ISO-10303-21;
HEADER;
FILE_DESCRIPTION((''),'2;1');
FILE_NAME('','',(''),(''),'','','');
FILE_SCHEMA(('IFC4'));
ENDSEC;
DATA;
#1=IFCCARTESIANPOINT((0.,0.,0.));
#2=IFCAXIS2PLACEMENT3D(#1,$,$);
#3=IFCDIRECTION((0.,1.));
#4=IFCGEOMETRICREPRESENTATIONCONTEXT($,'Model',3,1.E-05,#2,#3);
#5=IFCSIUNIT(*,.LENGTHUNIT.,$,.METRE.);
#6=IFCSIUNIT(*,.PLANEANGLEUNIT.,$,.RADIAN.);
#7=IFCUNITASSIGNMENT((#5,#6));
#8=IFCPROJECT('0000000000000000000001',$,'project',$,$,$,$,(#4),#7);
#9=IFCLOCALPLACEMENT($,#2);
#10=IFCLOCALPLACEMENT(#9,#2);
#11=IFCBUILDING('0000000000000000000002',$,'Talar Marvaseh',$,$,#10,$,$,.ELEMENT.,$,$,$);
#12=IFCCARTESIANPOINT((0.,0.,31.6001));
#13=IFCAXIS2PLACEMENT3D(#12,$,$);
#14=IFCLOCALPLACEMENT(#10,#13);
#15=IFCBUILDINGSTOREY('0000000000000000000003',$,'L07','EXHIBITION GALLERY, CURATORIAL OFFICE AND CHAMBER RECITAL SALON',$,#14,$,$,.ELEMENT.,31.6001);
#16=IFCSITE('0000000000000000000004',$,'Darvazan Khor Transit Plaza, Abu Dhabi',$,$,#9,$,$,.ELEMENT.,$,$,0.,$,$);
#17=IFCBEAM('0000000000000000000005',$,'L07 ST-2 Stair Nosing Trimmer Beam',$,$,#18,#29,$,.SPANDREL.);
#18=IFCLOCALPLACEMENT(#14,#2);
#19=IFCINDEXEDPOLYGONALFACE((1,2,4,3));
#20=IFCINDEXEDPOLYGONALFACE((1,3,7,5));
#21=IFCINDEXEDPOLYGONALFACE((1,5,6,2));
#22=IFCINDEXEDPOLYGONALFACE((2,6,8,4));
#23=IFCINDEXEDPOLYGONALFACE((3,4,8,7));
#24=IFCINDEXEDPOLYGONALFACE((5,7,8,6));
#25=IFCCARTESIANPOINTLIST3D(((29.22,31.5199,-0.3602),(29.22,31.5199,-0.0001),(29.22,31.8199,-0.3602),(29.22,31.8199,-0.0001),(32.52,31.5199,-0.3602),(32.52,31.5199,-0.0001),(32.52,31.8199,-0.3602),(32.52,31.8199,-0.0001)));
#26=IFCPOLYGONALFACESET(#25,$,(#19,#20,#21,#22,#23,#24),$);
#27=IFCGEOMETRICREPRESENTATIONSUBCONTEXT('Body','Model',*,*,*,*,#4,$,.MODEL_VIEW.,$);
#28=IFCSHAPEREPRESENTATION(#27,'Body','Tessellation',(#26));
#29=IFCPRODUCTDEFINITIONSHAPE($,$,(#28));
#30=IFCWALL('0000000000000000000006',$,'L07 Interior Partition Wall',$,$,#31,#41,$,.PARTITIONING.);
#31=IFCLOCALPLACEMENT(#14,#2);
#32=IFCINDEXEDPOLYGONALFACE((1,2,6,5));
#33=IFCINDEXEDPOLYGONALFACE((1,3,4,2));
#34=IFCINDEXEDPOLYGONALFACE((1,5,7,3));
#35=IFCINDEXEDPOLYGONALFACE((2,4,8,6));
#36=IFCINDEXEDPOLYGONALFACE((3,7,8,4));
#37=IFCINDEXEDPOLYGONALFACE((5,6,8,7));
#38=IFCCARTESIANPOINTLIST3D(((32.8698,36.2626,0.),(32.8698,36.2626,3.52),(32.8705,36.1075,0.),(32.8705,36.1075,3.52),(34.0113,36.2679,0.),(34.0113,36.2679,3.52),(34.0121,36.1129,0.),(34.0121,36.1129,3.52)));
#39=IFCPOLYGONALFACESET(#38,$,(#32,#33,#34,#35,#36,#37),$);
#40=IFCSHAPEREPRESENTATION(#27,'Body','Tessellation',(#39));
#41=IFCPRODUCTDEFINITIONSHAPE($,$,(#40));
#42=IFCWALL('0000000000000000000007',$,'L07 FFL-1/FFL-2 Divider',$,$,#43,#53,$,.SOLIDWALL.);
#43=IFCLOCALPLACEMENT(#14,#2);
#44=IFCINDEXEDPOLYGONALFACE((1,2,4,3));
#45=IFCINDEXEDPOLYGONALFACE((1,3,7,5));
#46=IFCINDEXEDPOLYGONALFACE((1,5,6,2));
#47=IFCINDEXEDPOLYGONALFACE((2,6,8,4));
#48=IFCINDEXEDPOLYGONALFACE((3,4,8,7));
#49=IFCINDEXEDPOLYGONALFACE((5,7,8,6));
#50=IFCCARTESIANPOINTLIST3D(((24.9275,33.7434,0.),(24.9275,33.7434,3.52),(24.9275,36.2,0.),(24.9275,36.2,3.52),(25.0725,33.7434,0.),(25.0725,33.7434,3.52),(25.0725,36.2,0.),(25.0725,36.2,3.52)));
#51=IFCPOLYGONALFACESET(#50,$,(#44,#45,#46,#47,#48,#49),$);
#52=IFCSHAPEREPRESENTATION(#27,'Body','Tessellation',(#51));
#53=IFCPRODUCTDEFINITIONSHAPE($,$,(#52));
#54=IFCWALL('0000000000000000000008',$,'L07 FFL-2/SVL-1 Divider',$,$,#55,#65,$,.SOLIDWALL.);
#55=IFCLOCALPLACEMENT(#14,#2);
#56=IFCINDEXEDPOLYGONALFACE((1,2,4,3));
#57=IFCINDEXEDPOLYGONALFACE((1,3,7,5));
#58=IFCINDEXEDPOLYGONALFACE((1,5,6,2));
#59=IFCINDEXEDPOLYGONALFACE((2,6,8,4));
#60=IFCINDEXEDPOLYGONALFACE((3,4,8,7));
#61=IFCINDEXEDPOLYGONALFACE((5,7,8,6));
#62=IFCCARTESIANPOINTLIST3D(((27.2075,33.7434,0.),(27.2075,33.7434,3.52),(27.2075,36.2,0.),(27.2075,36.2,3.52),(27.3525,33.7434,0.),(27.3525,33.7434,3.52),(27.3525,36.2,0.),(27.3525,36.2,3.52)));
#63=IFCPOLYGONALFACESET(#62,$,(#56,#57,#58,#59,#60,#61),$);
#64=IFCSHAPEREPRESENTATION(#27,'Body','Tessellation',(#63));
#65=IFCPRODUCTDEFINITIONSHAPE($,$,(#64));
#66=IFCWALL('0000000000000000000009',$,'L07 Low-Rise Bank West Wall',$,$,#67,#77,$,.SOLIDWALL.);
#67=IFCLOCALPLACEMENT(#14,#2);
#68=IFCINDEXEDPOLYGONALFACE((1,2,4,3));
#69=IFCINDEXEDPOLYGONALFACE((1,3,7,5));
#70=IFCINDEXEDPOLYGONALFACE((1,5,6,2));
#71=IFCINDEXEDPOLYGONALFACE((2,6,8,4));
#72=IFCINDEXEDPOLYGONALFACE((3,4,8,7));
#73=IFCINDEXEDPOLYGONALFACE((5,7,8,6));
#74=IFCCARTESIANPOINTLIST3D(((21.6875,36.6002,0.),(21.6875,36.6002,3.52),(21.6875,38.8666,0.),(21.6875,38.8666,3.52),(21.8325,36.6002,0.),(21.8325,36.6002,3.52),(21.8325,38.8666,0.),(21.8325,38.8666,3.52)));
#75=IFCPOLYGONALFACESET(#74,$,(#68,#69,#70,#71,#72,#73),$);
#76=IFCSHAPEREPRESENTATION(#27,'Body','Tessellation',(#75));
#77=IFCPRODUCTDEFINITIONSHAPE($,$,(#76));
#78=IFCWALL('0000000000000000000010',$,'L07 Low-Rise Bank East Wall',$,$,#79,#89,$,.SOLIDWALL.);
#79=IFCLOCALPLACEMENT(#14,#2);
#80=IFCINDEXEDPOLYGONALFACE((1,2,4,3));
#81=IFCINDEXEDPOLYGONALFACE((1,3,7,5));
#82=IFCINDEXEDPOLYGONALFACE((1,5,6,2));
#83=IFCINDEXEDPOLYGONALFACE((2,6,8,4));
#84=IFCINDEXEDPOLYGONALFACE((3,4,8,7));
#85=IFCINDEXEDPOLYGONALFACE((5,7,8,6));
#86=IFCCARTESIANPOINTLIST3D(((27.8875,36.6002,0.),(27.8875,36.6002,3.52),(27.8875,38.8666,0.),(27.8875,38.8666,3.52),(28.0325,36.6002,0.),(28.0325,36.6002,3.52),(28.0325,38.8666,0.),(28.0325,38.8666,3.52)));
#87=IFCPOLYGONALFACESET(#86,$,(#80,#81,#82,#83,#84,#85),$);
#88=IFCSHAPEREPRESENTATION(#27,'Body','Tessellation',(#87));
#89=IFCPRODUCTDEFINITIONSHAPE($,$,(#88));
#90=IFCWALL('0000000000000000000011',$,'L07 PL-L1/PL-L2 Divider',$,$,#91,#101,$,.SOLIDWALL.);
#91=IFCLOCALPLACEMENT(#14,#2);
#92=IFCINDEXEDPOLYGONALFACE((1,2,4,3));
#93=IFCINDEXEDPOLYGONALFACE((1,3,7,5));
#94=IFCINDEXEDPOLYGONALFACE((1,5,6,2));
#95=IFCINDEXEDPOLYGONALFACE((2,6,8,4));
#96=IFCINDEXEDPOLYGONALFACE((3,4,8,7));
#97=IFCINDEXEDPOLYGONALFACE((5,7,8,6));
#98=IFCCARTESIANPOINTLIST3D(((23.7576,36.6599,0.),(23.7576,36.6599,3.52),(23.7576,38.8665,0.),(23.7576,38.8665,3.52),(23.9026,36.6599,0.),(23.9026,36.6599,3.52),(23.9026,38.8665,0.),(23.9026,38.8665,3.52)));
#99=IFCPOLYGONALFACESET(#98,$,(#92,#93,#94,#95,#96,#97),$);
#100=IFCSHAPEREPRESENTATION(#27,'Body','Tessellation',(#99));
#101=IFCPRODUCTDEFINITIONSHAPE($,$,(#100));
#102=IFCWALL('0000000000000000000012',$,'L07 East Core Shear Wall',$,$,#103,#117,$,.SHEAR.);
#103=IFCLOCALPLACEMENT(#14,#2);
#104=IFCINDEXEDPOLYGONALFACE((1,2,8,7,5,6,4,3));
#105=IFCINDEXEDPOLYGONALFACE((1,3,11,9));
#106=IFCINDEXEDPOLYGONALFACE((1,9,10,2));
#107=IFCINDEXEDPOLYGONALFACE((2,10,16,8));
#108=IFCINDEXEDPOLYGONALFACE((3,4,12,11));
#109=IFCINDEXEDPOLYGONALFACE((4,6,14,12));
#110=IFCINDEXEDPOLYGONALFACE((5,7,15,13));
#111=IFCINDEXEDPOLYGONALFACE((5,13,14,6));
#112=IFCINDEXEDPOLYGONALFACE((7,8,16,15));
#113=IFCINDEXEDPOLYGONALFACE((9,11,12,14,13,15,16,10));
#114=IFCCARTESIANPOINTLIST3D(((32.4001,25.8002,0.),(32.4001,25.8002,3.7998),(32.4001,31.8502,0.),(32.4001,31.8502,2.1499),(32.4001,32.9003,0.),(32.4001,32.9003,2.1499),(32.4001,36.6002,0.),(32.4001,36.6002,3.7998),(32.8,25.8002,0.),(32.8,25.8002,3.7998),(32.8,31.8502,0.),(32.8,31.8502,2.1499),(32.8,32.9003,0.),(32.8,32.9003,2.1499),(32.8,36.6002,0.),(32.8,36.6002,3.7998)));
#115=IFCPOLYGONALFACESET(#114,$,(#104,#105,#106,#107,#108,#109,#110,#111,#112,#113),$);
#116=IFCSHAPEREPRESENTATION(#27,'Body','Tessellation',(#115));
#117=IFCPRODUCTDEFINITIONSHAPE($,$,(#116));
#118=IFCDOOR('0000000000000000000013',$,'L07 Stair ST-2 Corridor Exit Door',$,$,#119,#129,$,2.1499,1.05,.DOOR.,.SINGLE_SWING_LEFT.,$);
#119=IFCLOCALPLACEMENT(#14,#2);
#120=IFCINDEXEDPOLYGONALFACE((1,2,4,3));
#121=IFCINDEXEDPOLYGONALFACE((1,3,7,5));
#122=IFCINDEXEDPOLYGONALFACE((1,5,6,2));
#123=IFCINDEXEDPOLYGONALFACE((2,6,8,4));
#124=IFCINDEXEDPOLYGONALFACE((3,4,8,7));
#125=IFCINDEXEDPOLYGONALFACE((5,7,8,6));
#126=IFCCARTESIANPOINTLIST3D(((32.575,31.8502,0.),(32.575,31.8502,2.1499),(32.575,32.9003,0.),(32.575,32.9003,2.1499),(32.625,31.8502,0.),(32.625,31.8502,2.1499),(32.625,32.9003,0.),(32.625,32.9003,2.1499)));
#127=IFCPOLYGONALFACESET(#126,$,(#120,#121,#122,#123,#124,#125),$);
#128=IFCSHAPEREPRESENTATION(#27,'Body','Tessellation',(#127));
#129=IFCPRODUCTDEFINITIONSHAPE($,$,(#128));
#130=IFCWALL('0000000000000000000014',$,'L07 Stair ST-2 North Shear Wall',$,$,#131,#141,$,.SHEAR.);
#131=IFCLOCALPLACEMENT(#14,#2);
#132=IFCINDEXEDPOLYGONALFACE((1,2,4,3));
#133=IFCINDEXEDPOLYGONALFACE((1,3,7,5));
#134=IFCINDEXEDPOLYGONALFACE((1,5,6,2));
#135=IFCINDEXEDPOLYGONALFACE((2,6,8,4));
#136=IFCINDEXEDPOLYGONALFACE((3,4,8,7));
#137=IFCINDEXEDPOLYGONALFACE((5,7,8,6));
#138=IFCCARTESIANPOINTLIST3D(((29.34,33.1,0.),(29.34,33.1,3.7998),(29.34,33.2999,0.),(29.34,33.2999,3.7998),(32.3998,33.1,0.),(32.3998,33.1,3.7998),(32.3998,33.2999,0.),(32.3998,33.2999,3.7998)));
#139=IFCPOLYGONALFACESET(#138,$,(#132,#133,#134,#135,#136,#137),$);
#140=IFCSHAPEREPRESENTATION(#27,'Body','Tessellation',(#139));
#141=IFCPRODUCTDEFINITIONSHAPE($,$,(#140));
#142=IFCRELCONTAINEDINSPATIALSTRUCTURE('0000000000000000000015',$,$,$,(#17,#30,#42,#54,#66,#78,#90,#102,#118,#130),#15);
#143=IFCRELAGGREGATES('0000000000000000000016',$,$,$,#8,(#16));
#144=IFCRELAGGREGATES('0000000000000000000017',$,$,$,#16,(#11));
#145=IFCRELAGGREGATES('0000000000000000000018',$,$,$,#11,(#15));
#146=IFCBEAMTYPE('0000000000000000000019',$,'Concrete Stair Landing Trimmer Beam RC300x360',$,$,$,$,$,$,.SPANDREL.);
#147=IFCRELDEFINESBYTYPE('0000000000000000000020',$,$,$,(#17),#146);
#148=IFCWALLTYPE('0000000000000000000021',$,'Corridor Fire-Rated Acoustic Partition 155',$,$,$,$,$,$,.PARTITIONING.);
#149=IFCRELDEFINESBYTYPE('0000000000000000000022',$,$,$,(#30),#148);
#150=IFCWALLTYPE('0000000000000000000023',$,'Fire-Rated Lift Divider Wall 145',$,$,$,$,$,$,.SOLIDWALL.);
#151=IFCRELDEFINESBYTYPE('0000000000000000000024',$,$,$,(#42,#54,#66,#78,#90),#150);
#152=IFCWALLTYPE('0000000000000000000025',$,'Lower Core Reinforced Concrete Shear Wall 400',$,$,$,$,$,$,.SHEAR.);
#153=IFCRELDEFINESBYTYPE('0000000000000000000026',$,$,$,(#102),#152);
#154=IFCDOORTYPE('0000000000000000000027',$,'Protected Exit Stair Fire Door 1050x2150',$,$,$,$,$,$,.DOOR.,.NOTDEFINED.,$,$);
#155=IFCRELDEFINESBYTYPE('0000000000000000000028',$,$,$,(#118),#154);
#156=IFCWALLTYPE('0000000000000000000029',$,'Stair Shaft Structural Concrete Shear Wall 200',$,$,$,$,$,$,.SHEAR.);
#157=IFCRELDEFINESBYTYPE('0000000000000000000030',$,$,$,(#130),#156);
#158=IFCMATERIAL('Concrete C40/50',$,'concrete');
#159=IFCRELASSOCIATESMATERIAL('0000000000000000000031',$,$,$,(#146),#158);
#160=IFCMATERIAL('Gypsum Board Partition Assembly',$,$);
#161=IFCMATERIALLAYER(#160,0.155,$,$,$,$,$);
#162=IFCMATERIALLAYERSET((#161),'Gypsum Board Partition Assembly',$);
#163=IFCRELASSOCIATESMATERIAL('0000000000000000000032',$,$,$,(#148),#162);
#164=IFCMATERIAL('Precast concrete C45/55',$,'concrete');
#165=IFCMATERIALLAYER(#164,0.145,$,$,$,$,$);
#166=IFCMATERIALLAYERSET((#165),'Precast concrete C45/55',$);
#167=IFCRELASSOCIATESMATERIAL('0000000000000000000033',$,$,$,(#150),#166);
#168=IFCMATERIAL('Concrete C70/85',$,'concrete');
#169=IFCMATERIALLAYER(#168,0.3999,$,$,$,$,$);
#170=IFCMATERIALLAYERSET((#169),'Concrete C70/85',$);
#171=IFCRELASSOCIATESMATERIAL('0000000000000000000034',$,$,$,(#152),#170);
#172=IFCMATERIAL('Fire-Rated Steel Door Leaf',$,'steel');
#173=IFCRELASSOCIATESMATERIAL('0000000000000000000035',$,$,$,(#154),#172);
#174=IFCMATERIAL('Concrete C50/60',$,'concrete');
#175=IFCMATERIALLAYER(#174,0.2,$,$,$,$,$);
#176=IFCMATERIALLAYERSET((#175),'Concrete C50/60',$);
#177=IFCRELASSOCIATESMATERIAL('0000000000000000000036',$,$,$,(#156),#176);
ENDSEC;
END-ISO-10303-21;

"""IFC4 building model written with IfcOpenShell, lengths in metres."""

from ifc_helpers import new_model, si_unit, direction, frame, frame_2d, origin, origin_2d, place, context, subcontext, project, spatial, rectangle, extrude, source, transform, mapped, material, layer, layer_set, material_profile, profile_set, type_object, type_shapes, element, fill, save


model = new_model("IFC4")

# Units and contexts
model_context = context("Model", 3, precision=1e-05, world=origin(), true_north=direction((0.0, 1.0)))
body_context = subcontext(model_context, "Body", "Model", "MODEL_VIEW")
ifc_project = project(units=[si_unit("LENGTHUNIT", "METRE"), si_unit("PLANEANGLEUNIT", "RADIAN")], contexts=[model_context])

# Site, building, storey
site_placement = place(None, origin())
site = spatial("IfcSite", under=ifc_project, at=site_placement, Name="Darvazan Khor Transit Plaza, Abu Dhabi", CompositionType="ELEMENT", RefElevation=0.0)
building_placement = place(site_placement, origin())
building = spatial("IfcBuilding", under=site, at=building_placement, Name="Talar Marvaseh", CompositionType="ELEMENT")
storey_placement = place(building_placement, frame((0.0, 0.0, 31.6001)))
storey = spatial("IfcBuildingStorey", under=building, at=storey_placement, Name="L07", Description="EXHIBITION GALLERY, CURATORIAL OFFICE AND CHAMBER RECITAL SALON", CompositionType="ELEMENT", Elevation=31.6001)

# Beam
ifc_material_1 = material(Name="Concrete C40/50", Category="concrete")
ifc_material_profile = material_profile(ifc_material_1, rectangle(XDim=0.3, YDim=0.3601, at=origin_2d()), Name="RC300x360")
ifc_profile_set = profile_set([ifc_material_profile], Name="Concrete C40/50")
beam_type = type_object("IfcBeamType", Name="Concrete Stair Landing Trimmer Beam RC300x360", PredefinedType="SPANDREL", material=ifc_profile_set)
beam_placement = place(storey_placement, frame((29.22, 31.6699, -0.1802), z_axis=(1.0, 0.0, 0.0), x_axis=(0.0, 1.0, 0.0)))
element("IfcBeam", 1, at=beam_placement, inside=storey, type_object=beam_type, Name="L07 ST-2 Stair Nosing Trimmer Beam", PredefinedType="SPANDREL", context=body_context, shape_type="SweptSolid", body=[
    extrude(rectangle(XDim=0.3, YDim=0.3601, at=origin_2d()), origin(), (0.0, 0.0, 1.0), 3.3),
])

# Walls
ifc_material_2 = material(Name="Gypsum Board Partition Assembly")
ifc_layer_1 = layer(ifc_material_2, 0.155)
ifc_layer_set_1 = layer_set([ifc_layer_1], Name="Gypsum Board Partition Assembly")
wall_type_1 = type_object("IfcWallType", Name="Corridor Fire-Rated Acoustic Partition 155", PredefinedType="PARTITIONING", material=ifc_layer_set_1)
wall_1_placement = place(storey_placement, frame((32.8701, 36.1851, 0.0), z_axis=(0.0, 0.0, 1.0), x_axis=(0.999989, 0.004705, 0.0)))
element("IfcWall", 2, at=wall_1_placement, inside=storey, type_object=wall_type_1, Name="L07 Interior Partition Wall", PredefinedType="PARTITIONING", context=body_context, shape_type="SweptSolid", body=[
    extrude(rectangle(XDim=1.1416, YDim=0.155, at=frame_2d((0.5708, 0.0))), origin(), (0.0, 0.0, 1.0), 3.52),
])
ifc_material_3 = material(Name="Precast concrete C45/55", Category="concrete")
ifc_layer_2 = layer(ifc_material_3, 0.145)
ifc_layer_set_2 = layer_set([ifc_layer_2], Name="Precast concrete C45/55")
wall_type_2 = type_object("IfcWallType", Name="Fire-Rated Lift Divider Wall 145", PredefinedType="SOLIDWALL", material=ifc_layer_set_2)
for number, where, z_axis, x_axis, name in (
    (3, (25.0, 33.7434, 0.0), (0.0, 0.0, 1.0), (0.0, 1.0, 0.0), "L07 FFL-1/FFL-2 Divider"),
    (4, (27.28, 33.7434, 0.0), (0.0, 0.0, 1.0), (0.0, 1.0, 0.0), "L07 FFL-2/SVL-1 Divider"),
):
    element("IfcWall", number, at=place(storey_placement, frame(where, z_axis=z_axis, x_axis=x_axis)), inside=storey, type_object=wall_type_2, Name=name, PredefinedType="SOLIDWALL", context=body_context, shape_type="SweptSolid", body=[
        extrude(rectangle(XDim=2.4565, YDim=0.145, at=frame_2d((1.2283, 0.0))), origin(), (0.0, 0.0, 1.0), 3.52),
    ])
for number, where, z_axis, x_axis, name in (
    (5, (21.76, 36.6001, 0.0), (0.0, 0.0, 1.0), (0.0, 1.0, 0.0), "L07 Low-Rise Bank West Wall"),
    (6, (27.96, 36.6001, 0.0), (0.0, 0.0, 1.0), (0.0, 1.0, 0.0), "L07 Low-Rise Bank East Wall"),
):
    element("IfcWall", number, at=place(storey_placement, frame(where, z_axis=z_axis, x_axis=x_axis)), inside=storey, type_object=wall_type_2, Name=name, PredefinedType="SOLIDWALL", context=body_context, shape_type="SweptSolid", body=[
        extrude(rectangle(XDim=2.2664, YDim=0.145, at=frame_2d((1.1333, 0.0))), origin(), (0.0, 0.0, 1.0), 3.52),
    ])
wall_2_placement = place(storey_placement, frame((23.8301, 36.6599, 0.0), z_axis=(0.0, 0.0, 1.0), x_axis=(0.0, 1.0, 0.0)))
element("IfcWall", 7, at=wall_2_placement, inside=storey, type_object=wall_type_2, Name="L07 PL-L1/PL-L2 Divider", PredefinedType="SOLIDWALL", context=body_context, shape_type="SweptSolid", body=[
    extrude(rectangle(XDim=2.2065, YDim=0.145, at=frame_2d((1.1033, 0.0))), origin(), (0.0, 0.0, 1.0), 3.52),
])

# Wall, opening, door
ifc_material_4 = material(Name="Concrete C70/85", Category="concrete")
ifc_layer_3 = layer(ifc_material_4, 0.3999)
ifc_layer_set_3 = layer_set([ifc_layer_3], Name="Concrete C70/85")
wall_type_3 = type_object("IfcWallType", Name="Lower Core Reinforced Concrete Shear Wall 400", PredefinedType="SHEAR", material=ifc_layer_set_3)
wall_3_placement = place(storey_placement, frame((32.6001, 36.6001, 0.0), z_axis=(0.0, 0.0, 1.0), x_axis=(0.0, -1.0, 0.0)))
wall_3 = element("IfcWall", 8, at=wall_3_placement, inside=storey, type_object=wall_type_3, Name="L07 East Core Shear Wall", PredefinedType="SHEAR", context=body_context, shape_type="SweptSolid", body=[
    extrude(rectangle(XDim=10.8, YDim=0.3999, at=frame_2d((5.3999, 0.0))), origin(), (0.0, 0.0, 1.0), 3.7998),
])
opening_1_placement = place(wall_3_placement, frame((3.7, 0.0, 0.0)))
opening_1 = element("IfcOpeningElement", 9, at=opening_1_placement, cuts=wall_3, PredefinedType="OPENING", context=body_context, shape_type="SweptSolid", body=[
    extrude(rectangle(XDim=1.05, YDim=2.1499, at=frame_2d((0.5249, 1.075))), frame((0.0, 0.21, 0.0), z_axis=(0.0, -1.0, 0.0), x_axis=(1.0, 0.0, 0.0)), (0.0, 0.0, 1.0), 0.4199),
])
ifc_material_5 = material(Name="Fire-Rated Steel Door Leaf", Category="steel")
door_type_1 = type_object("IfcDoorType", Name="Protected Exit Stair Fire Door 1050x2150", OperationType="NOTDEFINED", PredefinedType="DOOR", material=ifc_material_5)
shared_shape_1 = source(origin(), body_context, "Body", "SweptSolid", [
    extrude(rectangle(XDim=1.05, YDim=2.1499, at=frame_2d((0.5249, 1.075))), frame((0.0, 0.0249, 0.0), z_axis=(0.0, -1.0, 0.0), x_axis=(1.0, 0.0, 0.0)), (0.0, 0.0, 1.0), 0.05),
])
type_shapes(door_type_1, [shared_shape_1])
door_1_placement = place(opening_1_placement, origin())
door_1 = element("IfcDoor", 10, at=door_1_placement, inside=storey, type_object=door_type_1, Name="L07 Stair ST-2 Corridor Exit Door", OperationType="SINGLE_SWING_LEFT", OverallHeight=2.1499, OverallWidth=1.05, PredefinedType="DOOR", context=body_context, shape_type="MappedRepresentation", body=[
    mapped(shared_shape_1, transform((0.0, 0.0, 0.0), x_axis=(1.0, 0.0, 0.0), y_axis=(0.0, 1.0, 0.0), z_axis=(0.0, 0.0, 1.0), scale=1.0)),
])
fill(opening_1, door_1)

# Wall
ifc_material_6 = material(Name="Concrete C50/60", Category="concrete")
ifc_layer_4 = layer(ifc_material_6, 0.2)
ifc_layer_set_4 = layer_set([ifc_layer_4], Name="Concrete C50/60")
wall_type_4 = type_object("IfcWallType", Name="Stair Shaft Structural Concrete Shear Wall 200", PredefinedType="SHEAR", material=ifc_layer_set_4)
wall_4_placement = place(storey_placement, frame((29.3401, 33.2, 0.0), z_axis=(0.0, 0.0, 1.0), x_axis=(1.0, 0.0, 0.0)))
element("IfcWall", 11, at=wall_4_placement, inside=storey, type_object=wall_type_4, Name="L07 Stair ST-2 North Shear Wall", PredefinedType="SHEAR", context=body_context, shape_type="SweptSolid", body=[
    extrude(rectangle(XDim=3.0598, YDim=0.2, at=frame_2d((1.5298, 0.0))), origin(), (0.0, 0.0, 1.0), 3.7998),
])

save(model, "model.ifc")
